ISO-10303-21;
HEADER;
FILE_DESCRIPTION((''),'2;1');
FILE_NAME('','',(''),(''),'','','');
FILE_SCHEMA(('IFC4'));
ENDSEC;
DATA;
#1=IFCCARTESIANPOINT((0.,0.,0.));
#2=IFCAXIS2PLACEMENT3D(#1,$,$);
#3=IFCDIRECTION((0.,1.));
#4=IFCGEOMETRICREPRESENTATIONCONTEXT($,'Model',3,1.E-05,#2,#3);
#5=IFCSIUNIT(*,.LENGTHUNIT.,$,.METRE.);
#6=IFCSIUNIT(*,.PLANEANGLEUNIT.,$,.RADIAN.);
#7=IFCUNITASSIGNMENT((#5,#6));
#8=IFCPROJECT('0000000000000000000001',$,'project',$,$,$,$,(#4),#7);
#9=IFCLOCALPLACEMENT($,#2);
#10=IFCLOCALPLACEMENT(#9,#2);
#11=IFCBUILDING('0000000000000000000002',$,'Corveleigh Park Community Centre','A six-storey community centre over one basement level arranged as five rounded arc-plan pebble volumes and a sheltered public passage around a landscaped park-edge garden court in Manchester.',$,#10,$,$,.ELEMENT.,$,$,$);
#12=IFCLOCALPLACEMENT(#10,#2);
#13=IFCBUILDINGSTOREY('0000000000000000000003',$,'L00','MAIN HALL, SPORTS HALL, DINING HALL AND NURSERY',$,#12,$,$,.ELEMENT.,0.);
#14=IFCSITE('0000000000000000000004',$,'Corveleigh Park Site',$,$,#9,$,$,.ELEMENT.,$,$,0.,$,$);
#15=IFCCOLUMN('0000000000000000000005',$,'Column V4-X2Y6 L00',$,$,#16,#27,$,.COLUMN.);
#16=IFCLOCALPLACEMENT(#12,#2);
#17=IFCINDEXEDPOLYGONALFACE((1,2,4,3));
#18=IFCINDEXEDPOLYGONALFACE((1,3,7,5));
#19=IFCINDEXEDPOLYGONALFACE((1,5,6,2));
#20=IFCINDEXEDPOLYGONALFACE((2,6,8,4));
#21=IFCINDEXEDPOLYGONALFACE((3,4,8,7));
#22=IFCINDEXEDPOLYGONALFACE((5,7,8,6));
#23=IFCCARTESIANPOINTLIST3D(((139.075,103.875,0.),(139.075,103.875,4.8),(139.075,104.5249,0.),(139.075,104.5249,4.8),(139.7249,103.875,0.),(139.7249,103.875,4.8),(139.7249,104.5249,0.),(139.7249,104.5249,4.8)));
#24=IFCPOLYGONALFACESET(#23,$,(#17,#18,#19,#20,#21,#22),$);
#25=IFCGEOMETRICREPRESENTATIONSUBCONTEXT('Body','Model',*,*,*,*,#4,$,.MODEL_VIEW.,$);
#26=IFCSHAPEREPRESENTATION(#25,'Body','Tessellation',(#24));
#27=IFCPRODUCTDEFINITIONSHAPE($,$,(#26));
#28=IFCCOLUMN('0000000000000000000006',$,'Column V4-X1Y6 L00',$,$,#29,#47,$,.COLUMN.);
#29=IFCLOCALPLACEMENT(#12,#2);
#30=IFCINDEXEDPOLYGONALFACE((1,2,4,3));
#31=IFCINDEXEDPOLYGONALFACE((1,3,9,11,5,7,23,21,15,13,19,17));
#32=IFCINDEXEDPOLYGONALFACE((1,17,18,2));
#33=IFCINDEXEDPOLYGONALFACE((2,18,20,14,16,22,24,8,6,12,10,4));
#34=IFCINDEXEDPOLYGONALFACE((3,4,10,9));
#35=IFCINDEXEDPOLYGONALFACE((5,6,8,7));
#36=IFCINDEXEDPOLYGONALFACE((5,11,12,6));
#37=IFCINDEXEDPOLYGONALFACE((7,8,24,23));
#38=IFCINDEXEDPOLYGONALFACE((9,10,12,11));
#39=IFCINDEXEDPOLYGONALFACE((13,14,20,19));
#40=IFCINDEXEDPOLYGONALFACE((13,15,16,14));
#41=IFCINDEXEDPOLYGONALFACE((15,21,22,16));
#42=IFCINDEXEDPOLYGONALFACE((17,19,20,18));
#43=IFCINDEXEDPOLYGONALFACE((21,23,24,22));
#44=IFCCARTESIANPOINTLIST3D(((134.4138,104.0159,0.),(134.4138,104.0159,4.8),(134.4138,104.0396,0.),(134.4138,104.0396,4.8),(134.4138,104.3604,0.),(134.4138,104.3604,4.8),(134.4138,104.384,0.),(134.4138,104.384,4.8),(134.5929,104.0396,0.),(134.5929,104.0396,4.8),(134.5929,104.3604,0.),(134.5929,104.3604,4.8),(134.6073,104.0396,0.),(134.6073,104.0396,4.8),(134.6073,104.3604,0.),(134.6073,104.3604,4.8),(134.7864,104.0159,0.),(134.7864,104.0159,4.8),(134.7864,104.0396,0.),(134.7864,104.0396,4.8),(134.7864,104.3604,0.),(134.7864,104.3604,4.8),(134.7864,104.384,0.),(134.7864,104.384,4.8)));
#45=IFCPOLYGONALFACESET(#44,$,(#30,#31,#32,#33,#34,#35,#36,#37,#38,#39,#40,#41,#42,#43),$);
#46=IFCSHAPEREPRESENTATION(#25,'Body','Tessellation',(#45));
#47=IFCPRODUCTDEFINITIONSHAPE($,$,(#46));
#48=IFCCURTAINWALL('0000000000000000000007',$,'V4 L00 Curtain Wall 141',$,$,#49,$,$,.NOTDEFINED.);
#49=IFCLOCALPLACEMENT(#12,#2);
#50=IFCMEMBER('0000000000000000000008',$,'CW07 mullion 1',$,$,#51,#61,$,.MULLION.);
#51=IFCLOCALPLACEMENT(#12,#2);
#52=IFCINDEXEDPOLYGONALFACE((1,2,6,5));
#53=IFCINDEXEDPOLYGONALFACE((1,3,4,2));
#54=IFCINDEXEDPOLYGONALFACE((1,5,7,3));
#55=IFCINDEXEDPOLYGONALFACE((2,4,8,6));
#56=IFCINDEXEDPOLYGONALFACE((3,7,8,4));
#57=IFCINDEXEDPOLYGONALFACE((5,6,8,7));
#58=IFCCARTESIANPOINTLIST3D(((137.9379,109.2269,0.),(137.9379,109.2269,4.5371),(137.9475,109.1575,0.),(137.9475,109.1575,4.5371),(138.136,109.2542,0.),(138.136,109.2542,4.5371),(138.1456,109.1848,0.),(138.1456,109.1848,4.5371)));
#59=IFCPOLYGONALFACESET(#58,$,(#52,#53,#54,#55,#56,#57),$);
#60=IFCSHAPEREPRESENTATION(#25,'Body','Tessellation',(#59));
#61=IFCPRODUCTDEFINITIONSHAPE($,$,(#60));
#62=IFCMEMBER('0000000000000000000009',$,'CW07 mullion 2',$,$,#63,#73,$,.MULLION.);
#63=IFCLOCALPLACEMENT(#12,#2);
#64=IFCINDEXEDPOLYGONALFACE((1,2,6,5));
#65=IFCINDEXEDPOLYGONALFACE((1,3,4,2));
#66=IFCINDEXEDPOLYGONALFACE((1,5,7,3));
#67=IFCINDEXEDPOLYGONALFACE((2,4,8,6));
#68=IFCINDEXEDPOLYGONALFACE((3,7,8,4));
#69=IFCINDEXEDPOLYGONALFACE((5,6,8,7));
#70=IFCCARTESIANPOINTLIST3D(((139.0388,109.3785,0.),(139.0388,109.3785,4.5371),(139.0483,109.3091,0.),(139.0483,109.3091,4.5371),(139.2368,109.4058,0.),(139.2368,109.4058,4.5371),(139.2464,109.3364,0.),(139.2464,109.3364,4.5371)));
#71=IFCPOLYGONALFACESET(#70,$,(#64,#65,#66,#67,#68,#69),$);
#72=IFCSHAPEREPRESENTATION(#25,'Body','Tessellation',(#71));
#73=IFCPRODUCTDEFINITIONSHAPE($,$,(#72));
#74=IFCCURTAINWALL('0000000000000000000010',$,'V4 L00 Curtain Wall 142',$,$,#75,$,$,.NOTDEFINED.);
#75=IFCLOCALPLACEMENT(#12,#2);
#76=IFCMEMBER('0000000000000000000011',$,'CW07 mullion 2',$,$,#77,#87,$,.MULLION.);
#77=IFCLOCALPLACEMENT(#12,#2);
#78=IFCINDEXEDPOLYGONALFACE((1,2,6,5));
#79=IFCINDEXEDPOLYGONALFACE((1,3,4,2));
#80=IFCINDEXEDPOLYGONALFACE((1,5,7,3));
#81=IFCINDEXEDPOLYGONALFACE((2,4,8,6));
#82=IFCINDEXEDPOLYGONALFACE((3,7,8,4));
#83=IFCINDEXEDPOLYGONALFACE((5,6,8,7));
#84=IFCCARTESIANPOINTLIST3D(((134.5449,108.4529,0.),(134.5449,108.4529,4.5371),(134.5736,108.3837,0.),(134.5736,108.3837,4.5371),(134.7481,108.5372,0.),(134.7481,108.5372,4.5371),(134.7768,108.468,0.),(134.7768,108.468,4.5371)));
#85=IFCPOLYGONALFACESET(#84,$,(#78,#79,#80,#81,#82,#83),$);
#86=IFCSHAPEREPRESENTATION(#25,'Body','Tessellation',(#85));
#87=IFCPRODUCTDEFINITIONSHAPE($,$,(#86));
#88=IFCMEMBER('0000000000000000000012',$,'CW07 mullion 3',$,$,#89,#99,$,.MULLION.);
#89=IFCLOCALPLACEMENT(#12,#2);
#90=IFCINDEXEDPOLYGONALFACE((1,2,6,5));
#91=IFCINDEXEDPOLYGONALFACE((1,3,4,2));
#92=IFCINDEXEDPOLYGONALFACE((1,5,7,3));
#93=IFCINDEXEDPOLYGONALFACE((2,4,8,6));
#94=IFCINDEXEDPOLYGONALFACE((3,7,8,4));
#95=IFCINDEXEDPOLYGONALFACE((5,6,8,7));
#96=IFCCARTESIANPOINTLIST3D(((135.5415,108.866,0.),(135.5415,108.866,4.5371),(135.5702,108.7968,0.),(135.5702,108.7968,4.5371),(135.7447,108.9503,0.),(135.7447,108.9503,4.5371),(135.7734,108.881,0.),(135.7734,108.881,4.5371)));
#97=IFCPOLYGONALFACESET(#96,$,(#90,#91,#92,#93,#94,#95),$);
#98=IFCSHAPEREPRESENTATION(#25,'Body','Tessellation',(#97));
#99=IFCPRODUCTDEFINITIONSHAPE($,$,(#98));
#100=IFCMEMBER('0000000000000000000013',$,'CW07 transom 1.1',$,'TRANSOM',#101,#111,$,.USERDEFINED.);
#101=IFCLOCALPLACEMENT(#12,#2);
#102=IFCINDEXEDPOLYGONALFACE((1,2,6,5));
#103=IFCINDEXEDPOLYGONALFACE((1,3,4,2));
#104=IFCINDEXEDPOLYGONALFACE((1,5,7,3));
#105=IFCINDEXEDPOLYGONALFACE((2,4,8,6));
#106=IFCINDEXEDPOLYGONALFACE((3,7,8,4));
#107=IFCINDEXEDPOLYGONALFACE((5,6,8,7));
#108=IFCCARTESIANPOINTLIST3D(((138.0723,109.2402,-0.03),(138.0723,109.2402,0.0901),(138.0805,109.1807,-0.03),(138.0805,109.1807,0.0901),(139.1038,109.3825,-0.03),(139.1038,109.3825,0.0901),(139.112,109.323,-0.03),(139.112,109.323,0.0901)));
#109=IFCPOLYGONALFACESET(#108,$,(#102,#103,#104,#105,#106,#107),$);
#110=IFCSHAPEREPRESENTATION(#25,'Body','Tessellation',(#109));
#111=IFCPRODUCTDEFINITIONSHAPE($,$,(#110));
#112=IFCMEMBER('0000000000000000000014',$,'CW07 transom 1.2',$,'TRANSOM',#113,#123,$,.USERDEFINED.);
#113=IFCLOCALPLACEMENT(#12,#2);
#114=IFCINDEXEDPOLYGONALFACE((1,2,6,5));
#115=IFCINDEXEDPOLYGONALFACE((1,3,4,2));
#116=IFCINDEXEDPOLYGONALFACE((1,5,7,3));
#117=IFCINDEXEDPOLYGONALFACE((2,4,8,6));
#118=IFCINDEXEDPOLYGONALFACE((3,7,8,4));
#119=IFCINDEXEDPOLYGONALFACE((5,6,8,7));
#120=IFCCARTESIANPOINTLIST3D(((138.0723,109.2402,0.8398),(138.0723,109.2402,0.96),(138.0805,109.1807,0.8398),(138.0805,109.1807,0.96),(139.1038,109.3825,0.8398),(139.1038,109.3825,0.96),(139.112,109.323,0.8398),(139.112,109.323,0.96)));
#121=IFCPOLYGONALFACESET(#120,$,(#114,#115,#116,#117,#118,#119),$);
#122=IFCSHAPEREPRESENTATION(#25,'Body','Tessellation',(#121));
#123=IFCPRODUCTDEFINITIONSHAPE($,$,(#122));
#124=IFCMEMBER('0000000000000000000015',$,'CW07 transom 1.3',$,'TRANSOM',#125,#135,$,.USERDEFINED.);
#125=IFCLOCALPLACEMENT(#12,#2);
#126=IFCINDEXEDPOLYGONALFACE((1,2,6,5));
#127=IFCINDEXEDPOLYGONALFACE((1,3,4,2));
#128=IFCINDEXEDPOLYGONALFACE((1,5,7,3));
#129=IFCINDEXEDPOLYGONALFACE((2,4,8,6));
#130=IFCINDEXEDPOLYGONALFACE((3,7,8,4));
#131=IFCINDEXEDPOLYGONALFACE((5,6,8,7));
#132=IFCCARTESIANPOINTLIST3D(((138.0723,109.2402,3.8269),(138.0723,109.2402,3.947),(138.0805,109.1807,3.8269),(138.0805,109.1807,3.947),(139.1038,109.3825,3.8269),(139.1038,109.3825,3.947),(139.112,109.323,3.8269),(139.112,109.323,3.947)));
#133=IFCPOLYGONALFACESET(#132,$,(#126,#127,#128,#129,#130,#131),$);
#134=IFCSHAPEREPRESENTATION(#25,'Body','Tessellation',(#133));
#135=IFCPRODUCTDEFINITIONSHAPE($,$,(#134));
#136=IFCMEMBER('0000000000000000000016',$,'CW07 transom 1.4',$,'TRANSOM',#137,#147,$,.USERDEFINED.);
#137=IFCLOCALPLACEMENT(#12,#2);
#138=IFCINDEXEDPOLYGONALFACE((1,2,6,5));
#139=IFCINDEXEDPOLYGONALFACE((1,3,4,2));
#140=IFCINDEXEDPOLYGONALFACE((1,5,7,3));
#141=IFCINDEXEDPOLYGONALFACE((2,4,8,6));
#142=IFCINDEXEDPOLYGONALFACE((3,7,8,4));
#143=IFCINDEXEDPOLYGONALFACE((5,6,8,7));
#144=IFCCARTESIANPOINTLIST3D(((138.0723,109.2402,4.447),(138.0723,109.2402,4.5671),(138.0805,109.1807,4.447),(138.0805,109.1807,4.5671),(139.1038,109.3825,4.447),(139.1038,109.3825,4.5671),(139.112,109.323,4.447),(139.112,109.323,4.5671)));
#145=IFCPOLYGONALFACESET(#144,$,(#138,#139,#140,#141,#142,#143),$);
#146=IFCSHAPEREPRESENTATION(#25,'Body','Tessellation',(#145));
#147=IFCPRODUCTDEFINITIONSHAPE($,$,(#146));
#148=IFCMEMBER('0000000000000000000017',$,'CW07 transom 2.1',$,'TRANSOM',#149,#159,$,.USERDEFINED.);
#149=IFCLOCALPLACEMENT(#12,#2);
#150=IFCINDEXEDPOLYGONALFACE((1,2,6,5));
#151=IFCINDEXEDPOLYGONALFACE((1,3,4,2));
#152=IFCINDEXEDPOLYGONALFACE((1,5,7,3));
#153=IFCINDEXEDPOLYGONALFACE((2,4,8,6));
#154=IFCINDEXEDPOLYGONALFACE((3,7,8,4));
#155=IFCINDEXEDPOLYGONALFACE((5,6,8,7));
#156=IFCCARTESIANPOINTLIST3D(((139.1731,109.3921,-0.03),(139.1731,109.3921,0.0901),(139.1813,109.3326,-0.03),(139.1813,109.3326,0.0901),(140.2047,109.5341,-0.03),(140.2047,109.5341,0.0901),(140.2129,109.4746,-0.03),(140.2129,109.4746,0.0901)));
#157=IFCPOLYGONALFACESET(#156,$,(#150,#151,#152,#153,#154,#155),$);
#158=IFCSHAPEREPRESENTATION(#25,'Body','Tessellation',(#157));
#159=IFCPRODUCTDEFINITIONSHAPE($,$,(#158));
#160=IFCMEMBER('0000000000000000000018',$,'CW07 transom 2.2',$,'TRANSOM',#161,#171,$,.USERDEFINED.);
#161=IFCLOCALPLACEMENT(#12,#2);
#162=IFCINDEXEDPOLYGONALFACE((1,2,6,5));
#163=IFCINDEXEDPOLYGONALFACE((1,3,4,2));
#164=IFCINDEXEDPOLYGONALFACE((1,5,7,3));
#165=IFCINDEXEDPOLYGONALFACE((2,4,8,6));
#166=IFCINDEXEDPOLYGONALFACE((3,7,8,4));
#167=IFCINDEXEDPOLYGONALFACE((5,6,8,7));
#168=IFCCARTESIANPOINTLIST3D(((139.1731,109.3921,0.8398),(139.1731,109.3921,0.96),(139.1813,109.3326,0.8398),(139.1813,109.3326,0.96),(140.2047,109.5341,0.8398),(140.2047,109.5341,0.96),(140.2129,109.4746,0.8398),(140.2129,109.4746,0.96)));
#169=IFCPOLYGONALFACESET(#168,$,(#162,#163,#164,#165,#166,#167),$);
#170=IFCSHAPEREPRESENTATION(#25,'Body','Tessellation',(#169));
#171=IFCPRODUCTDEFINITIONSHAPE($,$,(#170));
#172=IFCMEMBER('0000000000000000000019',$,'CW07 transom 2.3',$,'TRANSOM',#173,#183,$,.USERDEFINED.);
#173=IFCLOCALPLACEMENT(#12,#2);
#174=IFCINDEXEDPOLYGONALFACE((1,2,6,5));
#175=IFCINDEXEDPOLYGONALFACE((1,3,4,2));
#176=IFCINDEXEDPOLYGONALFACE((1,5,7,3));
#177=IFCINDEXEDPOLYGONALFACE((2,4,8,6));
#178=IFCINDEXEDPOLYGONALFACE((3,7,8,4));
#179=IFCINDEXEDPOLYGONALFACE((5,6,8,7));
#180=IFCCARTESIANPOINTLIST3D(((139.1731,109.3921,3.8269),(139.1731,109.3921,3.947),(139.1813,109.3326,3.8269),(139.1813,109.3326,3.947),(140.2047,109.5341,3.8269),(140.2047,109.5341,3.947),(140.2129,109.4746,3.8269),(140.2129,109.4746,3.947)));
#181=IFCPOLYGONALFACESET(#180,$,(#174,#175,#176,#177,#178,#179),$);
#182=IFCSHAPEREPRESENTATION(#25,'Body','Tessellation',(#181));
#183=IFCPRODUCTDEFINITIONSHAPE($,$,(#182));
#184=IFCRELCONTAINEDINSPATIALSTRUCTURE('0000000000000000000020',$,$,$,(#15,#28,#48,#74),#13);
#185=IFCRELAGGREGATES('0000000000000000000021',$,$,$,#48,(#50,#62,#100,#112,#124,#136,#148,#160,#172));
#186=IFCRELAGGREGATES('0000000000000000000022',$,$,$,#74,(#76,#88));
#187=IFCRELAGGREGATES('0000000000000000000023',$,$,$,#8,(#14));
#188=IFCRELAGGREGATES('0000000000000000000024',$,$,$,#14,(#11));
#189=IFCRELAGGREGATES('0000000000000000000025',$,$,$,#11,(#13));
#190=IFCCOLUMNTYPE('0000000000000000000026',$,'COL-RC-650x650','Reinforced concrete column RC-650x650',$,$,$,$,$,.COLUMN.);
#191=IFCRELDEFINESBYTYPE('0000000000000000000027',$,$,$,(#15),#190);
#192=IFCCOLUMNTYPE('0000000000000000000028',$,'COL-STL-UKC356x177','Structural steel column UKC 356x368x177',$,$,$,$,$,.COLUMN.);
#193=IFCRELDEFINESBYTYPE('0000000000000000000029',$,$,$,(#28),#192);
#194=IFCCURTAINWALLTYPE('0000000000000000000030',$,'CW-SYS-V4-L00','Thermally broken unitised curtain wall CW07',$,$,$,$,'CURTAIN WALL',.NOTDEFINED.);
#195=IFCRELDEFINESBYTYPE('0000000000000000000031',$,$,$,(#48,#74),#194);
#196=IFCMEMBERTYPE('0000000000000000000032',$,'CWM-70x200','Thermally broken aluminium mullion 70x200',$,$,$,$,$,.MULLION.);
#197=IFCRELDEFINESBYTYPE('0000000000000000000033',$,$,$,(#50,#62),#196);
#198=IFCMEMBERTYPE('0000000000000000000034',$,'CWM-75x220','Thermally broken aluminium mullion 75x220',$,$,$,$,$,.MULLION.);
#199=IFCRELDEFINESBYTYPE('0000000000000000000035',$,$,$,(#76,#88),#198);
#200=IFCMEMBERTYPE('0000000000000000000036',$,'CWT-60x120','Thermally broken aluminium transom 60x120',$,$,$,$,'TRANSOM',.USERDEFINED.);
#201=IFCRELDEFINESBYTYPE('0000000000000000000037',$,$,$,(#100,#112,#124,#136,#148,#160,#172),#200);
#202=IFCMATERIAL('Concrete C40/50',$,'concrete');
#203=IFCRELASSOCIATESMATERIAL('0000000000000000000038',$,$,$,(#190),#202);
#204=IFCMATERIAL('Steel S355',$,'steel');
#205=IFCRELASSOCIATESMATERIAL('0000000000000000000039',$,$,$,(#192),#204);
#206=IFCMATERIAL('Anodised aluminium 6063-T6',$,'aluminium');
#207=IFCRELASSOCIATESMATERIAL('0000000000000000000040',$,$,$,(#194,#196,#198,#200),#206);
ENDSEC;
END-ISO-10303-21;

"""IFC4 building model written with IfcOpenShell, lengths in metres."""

from ifc_helpers import new_model, si_unit, direction, frame, origin, origin_2d, place, context, subcontext, project, spatial, rectangle, i_section, extrude, material, material_profile, profile_set, type_object, element, aggregate, save


model = new_model("IFC4")

# Units and contexts
model_context = context("Model", 3, precision=1e-05, world=origin(), true_north=direction((0.0, 1.0)))
body_context = subcontext(model_context, "Body", "Model", "MODEL_VIEW")
ifc_project = project(units=[si_unit("LENGTHUNIT", "METRE"), si_unit("PLANEANGLEUNIT", "RADIAN")], contexts=[model_context])

# Site, building, storey
site_placement = place(None, origin())
site = spatial("IfcSite", under=ifc_project, at=site_placement, Name="Corveleigh Park Site", CompositionType="ELEMENT", RefElevation=0.0)
building_placement = place(site_placement, origin())
building = spatial("IfcBuilding", under=site, at=building_placement, Name="Corveleigh Park Community Centre", Description="A six-storey community centre over one basement level arranged as five rounded arc-plan pebble volumes and a sheltered public passage around a landscaped park-edge garden court in Manchester.", CompositionType="ELEMENT")
storey_placement = place(building_placement, origin())
storey = spatial("IfcBuildingStorey", under=building, at=storey_placement, Name="L00", Description="MAIN HALL, SPORTS HALL, DINING HALL AND NURSERY", CompositionType="ELEMENT", Elevation=0.0)

# Columns
ifc_material_1 = material(Name="Concrete C40/50", Category="concrete")
ifc_material_profile_1 = material_profile(ifc_material_1, rectangle(XDim=0.6499, YDim=0.6499, at=origin_2d()), Name="RC-650x650", Category="concrete")
ifc_profile_set_1 = profile_set([ifc_material_profile_1], Name="Concrete C40/50")
column_type_1 = type_object("IfcColumnType", Name="COL-RC-650x650", Description="Reinforced concrete column RC-650x650", PredefinedType="COLUMN", material=ifc_profile_set_1)
column_1_placement = place(storey_placement, frame((139.3999, 104.2, 0.0), z_axis=(0.0, 0.0, 1.0), x_axis=(1.0, 0.0, 0.0)))
element("IfcColumn", 1, at=column_1_placement, inside=storey, type_object=column_type_1, Name="Column V4-X2Y6 L00", PredefinedType="COLUMN", context=body_context, shape_type="SweptSolid", body=[
    extrude(rectangle(XDim=0.6499, YDim=0.6499, at=origin_2d()), origin(), (0.0, 0.0, 1.0), 4.8),
])
ifc_material_2 = material(Name="Steel S355", Category="steel")
ifc_material_profile_2 = material_profile(ifc_material_2, i_section(OverallWidth=0.3726, OverallDepth=0.3682, WebThickness=0.0144, FlangeThickness=0.0237, at=origin_2d()), Name="UKC 356x368x177", Category="steel")
ifc_profile_set_2 = profile_set([ifc_material_profile_2], Name="Steel S355")
column_type_2 = type_object("IfcColumnType", Name="COL-STL-UKC356x177", Description="Structural steel column UKC 356x368x177", PredefinedType="COLUMN", material=ifc_profile_set_2)
column_2_placement = place(storey_placement, frame((134.6001, 104.2, 0.0), z_axis=(0.0, 0.0, 1.0), x_axis=(1.0, 0.0, 0.0)))
element("IfcColumn", 2, at=column_2_placement, inside=storey, type_object=column_type_2, Name="Column V4-X1Y6 L00", PredefinedType="COLUMN", context=body_context, shape_type="SweptSolid", body=[
    extrude(i_section(OverallWidth=0.3726, OverallDepth=0.3682, WebThickness=0.0144, FlangeThickness=0.0237, at=origin_2d()), origin(), (0.0, 0.0, 1.0), 4.8),
])

# Curtain walls, members
ifc_material_3 = material(Name="Anodised aluminium 6063-T6", Category="aluminium")
curtain_wall_type = type_object("IfcCurtainWallType", Name="CW-SYS-V4-L00", Description="Thermally broken unitised curtain wall CW07", ElementType="CURTAIN WALL", PredefinedType="NOTDEFINED", material=ifc_material_3)
curtain_wall_1_placement = place(storey_placement, origin())
curtain_wall_1 = element("IfcCurtainWall", 3, at=curtain_wall_1_placement, inside=storey, type_object=curtain_wall_type, Name="V4 L00 Curtain Wall 141", PredefinedType="NOTDEFINED")
ifc_material_profile_3 = material_profile(ifc_material_3, rectangle(XDim=0.0701, YDim=0.2, at=origin_2d()), Name="ALU-M70x200", Category="aluminium")
ifc_profile_set_3 = profile_set([ifc_material_profile_3], Name="Anodised aluminium 6063-T6")
member_type_1 = type_object("IfcMemberType", Name="CWM-70x200", Description="Thermally broken aluminium mullion 70x200", PredefinedType="MULLION", material=ifc_profile_set_3)
member_1_placement = place(storey_placement, frame((138.0417, 109.2058, 0.0), z_axis=(0.0, 0.0, 1.0), x_axis=(-0.136534, 0.990635, 0.0)))
member_1 = element("IfcMember", 4, at=member_1_placement, type_object=member_type_1, Name="CW07 mullion 1", PredefinedType="MULLION", context=body_context, shape_type="SweptSolid", body=[
    extrude(rectangle(XDim=0.0701, YDim=0.2, at=origin_2d()), origin(), (0.0, 0.0, 1.0), 4.5371),
])
member_2_placement = place(storey_placement, frame((139.1426, 109.3574, 0.0), z_axis=(0.0, 0.0, 1.0), x_axis=(-0.136534, 0.990635, 0.0)))
member_2 = element("IfcMember", 5, at=member_2_placement, type_object=member_type_1, Name="CW07 mullion 2", PredefinedType="MULLION", context=body_context, shape_type="SweptSolid", body=[
    extrude(rectangle(XDim=0.0701, YDim=0.2, at=origin_2d()), origin(), (0.0, 0.0, 1.0), 4.5371),
])
curtain_wall_2_placement = place(storey_placement, origin())
curtain_wall_2 = element("IfcCurtainWall", 6, at=curtain_wall_2_placement, inside=storey, type_object=curtain_wall_type, Name="V4 L00 Curtain Wall 142", PredefinedType="NOTDEFINED")
ifc_material_profile_4 = material_profile(ifc_material_3, rectangle(XDim=0.075, YDim=0.22, at=origin_2d()), Name="ALU-M75x220", Category="aluminium")
ifc_profile_set_4 = profile_set([ifc_material_profile_4], Name="Anodised aluminium 6063-T6")
member_type_2 = type_object("IfcMemberType", Name="CWM-75x220", Description="Thermally broken aluminium mullion 75x220", PredefinedType="MULLION", material=ifc_profile_set_4)
member_3_placement = place(storey_placement, frame((134.6609, 108.4604, 0.0), z_axis=(0.0, 0.0, 1.0), x_axis=(-0.383024, 0.923738, 0.0)))
member_3 = element("IfcMember", 7, at=member_3_placement, type_object=member_type_2, Name="CW07 mullion 2", PredefinedType="MULLION", context=body_context, shape_type="SweptSolid", body=[
    extrude(rectangle(XDim=0.075, YDim=0.22, at=origin_2d()), origin(), (0.0, 0.0, 1.0), 4.5371),
])
member_4_placement = place(storey_placement, frame((135.6575, 108.8735, 0.0), z_axis=(0.0, 0.0, 1.0), x_axis=(-0.383024, 0.923738, 0.0)))
member_4 = element("IfcMember", 8, at=member_4_placement, type_object=member_type_2, Name="CW07 mullion 3", PredefinedType="MULLION", context=body_context, shape_type="SweptSolid", body=[
    extrude(rectangle(XDim=0.075, YDim=0.22, at=origin_2d()), origin(), (0.0, 0.0, 1.0), 4.5371),
])

# Members
ifc_material_profile_5 = material_profile(ifc_material_3, rectangle(XDim=0.0601, YDim=0.1201, at=origin_2d()), Name="ALU-T60x120", Category="aluminium")
ifc_profile_set_5 = profile_set([ifc_material_profile_5], Name="Anodised aluminium 6063-T6")
member_type_3 = type_object("IfcMemberType", Name="CWT-60x120", Description="Thermally broken aluminium transom 60x120", ElementType="TRANSOM", PredefinedType="USERDEFINED", material=ifc_profile_set_5)
member_5_placement = place(storey_placement, frame((138.0764, 109.2104, 0.03), z_axis=(0.990613, 0.136693, 0.0), x_axis=(-0.136693, 0.990613, 0.0)))
member_5 = element("IfcMember", 9, at=member_5_placement, type_object=member_type_3, Name="CW07 transom 1.1", ObjectType="TRANSOM", PredefinedType="USERDEFINED", context=body_context, shape_type="SweptSolid", body=[
    extrude(rectangle(XDim=0.0601, YDim=0.1201, at=origin_2d()), origin(), (0.0, 0.0, 1.0), 1.0413),
])
member_6_placement = place(storey_placement, frame((138.0764, 109.2104, 0.8999), z_axis=(0.990613, 0.136693, 0.0), x_axis=(-0.136693, 0.990613, 0.0)))
member_6 = element("IfcMember", 10, at=member_6_placement, type_object=member_type_3, Name="CW07 transom 1.2", ObjectType="TRANSOM", PredefinedType="USERDEFINED", context=body_context, shape_type="SweptSolid", body=[
    extrude(rectangle(XDim=0.0601, YDim=0.1201, at=origin_2d()), origin(), (0.0, 0.0, 1.0), 1.0413),
])
member_7_placement = place(storey_placement, frame((138.0764, 109.2104, 3.887), z_axis=(0.990613, 0.136693, 0.0), x_axis=(-0.136693, 0.990613, 0.0)))
member_7 = element("IfcMember", 11, at=member_7_placement, type_object=member_type_3, Name="CW07 transom 1.3", ObjectType="TRANSOM", PredefinedType="USERDEFINED", context=body_context, shape_type="SweptSolid", body=[
    extrude(rectangle(XDim=0.0601, YDim=0.1201, at=origin_2d()), origin(), (0.0, 0.0, 1.0), 1.0413),
])
member_8_placement = place(storey_placement, frame((138.0764, 109.2104, 4.5071), z_axis=(0.990613, 0.136693, 0.0), x_axis=(-0.136693, 0.990613, 0.0)))
member_8 = element("IfcMember", 12, at=member_8_placement, type_object=member_type_3, Name="CW07 transom 1.4", ObjectType="TRANSOM", PredefinedType="USERDEFINED", context=body_context, shape_type="SweptSolid", body=[
    extrude(rectangle(XDim=0.0601, YDim=0.1201, at=origin_2d()), origin(), (0.0, 0.0, 1.0), 1.0413),
])
member_9_placement = place(storey_placement, frame((139.1772, 109.3623, 0.03), z_axis=(0.990645, 0.136463, 0.0), x_axis=(-0.136463, 0.990645, 0.0)))
member_9 = element("IfcMember", 13, at=member_9_placement, type_object=member_type_3, Name="CW07 transom 2.1", ObjectType="TRANSOM", PredefinedType="USERDEFINED", context=body_context, shape_type="SweptSolid", body=[
    extrude(rectangle(XDim=0.0601, YDim=0.1201, at=origin_2d()), origin(), (0.0, 0.0, 1.0), 1.0413),
])
member_10_placement = place(storey_placement, frame((139.1772, 109.3623, 0.8999), z_axis=(0.990645, 0.136463, 0.0), x_axis=(-0.136463, 0.990645, 0.0)))
member_10 = element("IfcMember", 14, at=member_10_placement, type_object=member_type_3, Name="CW07 transom 2.2", ObjectType="TRANSOM", PredefinedType="USERDEFINED", context=body_context, shape_type="SweptSolid", body=[
    extrude(rectangle(XDim=0.0601, YDim=0.1201, at=origin_2d()), origin(), (0.0, 0.0, 1.0), 1.0413),
])
member_11_placement = place(storey_placement, frame((139.1772, 109.3623, 3.887), z_axis=(0.990645, 0.136463, 0.0), x_axis=(-0.136463, 0.990645, 0.0)))
member_11 = element("IfcMember", 15, at=member_11_placement, type_object=member_type_3, Name="CW07 transom 2.3", ObjectType="TRANSOM", PredefinedType="USERDEFINED", context=body_context, shape_type="SweptSolid", body=[
    extrude(rectangle(XDim=0.0601, YDim=0.1201, at=origin_2d()), origin(), (0.0, 0.0, 1.0), 1.0413),
])

aggregate(curtain_wall_1, [member_1, member_2, member_5, member_6, member_7, member_8, member_9, member_10, member_11])
aggregate(curtain_wall_2, [member_3, member_4])

save(model, "model.ifc")
